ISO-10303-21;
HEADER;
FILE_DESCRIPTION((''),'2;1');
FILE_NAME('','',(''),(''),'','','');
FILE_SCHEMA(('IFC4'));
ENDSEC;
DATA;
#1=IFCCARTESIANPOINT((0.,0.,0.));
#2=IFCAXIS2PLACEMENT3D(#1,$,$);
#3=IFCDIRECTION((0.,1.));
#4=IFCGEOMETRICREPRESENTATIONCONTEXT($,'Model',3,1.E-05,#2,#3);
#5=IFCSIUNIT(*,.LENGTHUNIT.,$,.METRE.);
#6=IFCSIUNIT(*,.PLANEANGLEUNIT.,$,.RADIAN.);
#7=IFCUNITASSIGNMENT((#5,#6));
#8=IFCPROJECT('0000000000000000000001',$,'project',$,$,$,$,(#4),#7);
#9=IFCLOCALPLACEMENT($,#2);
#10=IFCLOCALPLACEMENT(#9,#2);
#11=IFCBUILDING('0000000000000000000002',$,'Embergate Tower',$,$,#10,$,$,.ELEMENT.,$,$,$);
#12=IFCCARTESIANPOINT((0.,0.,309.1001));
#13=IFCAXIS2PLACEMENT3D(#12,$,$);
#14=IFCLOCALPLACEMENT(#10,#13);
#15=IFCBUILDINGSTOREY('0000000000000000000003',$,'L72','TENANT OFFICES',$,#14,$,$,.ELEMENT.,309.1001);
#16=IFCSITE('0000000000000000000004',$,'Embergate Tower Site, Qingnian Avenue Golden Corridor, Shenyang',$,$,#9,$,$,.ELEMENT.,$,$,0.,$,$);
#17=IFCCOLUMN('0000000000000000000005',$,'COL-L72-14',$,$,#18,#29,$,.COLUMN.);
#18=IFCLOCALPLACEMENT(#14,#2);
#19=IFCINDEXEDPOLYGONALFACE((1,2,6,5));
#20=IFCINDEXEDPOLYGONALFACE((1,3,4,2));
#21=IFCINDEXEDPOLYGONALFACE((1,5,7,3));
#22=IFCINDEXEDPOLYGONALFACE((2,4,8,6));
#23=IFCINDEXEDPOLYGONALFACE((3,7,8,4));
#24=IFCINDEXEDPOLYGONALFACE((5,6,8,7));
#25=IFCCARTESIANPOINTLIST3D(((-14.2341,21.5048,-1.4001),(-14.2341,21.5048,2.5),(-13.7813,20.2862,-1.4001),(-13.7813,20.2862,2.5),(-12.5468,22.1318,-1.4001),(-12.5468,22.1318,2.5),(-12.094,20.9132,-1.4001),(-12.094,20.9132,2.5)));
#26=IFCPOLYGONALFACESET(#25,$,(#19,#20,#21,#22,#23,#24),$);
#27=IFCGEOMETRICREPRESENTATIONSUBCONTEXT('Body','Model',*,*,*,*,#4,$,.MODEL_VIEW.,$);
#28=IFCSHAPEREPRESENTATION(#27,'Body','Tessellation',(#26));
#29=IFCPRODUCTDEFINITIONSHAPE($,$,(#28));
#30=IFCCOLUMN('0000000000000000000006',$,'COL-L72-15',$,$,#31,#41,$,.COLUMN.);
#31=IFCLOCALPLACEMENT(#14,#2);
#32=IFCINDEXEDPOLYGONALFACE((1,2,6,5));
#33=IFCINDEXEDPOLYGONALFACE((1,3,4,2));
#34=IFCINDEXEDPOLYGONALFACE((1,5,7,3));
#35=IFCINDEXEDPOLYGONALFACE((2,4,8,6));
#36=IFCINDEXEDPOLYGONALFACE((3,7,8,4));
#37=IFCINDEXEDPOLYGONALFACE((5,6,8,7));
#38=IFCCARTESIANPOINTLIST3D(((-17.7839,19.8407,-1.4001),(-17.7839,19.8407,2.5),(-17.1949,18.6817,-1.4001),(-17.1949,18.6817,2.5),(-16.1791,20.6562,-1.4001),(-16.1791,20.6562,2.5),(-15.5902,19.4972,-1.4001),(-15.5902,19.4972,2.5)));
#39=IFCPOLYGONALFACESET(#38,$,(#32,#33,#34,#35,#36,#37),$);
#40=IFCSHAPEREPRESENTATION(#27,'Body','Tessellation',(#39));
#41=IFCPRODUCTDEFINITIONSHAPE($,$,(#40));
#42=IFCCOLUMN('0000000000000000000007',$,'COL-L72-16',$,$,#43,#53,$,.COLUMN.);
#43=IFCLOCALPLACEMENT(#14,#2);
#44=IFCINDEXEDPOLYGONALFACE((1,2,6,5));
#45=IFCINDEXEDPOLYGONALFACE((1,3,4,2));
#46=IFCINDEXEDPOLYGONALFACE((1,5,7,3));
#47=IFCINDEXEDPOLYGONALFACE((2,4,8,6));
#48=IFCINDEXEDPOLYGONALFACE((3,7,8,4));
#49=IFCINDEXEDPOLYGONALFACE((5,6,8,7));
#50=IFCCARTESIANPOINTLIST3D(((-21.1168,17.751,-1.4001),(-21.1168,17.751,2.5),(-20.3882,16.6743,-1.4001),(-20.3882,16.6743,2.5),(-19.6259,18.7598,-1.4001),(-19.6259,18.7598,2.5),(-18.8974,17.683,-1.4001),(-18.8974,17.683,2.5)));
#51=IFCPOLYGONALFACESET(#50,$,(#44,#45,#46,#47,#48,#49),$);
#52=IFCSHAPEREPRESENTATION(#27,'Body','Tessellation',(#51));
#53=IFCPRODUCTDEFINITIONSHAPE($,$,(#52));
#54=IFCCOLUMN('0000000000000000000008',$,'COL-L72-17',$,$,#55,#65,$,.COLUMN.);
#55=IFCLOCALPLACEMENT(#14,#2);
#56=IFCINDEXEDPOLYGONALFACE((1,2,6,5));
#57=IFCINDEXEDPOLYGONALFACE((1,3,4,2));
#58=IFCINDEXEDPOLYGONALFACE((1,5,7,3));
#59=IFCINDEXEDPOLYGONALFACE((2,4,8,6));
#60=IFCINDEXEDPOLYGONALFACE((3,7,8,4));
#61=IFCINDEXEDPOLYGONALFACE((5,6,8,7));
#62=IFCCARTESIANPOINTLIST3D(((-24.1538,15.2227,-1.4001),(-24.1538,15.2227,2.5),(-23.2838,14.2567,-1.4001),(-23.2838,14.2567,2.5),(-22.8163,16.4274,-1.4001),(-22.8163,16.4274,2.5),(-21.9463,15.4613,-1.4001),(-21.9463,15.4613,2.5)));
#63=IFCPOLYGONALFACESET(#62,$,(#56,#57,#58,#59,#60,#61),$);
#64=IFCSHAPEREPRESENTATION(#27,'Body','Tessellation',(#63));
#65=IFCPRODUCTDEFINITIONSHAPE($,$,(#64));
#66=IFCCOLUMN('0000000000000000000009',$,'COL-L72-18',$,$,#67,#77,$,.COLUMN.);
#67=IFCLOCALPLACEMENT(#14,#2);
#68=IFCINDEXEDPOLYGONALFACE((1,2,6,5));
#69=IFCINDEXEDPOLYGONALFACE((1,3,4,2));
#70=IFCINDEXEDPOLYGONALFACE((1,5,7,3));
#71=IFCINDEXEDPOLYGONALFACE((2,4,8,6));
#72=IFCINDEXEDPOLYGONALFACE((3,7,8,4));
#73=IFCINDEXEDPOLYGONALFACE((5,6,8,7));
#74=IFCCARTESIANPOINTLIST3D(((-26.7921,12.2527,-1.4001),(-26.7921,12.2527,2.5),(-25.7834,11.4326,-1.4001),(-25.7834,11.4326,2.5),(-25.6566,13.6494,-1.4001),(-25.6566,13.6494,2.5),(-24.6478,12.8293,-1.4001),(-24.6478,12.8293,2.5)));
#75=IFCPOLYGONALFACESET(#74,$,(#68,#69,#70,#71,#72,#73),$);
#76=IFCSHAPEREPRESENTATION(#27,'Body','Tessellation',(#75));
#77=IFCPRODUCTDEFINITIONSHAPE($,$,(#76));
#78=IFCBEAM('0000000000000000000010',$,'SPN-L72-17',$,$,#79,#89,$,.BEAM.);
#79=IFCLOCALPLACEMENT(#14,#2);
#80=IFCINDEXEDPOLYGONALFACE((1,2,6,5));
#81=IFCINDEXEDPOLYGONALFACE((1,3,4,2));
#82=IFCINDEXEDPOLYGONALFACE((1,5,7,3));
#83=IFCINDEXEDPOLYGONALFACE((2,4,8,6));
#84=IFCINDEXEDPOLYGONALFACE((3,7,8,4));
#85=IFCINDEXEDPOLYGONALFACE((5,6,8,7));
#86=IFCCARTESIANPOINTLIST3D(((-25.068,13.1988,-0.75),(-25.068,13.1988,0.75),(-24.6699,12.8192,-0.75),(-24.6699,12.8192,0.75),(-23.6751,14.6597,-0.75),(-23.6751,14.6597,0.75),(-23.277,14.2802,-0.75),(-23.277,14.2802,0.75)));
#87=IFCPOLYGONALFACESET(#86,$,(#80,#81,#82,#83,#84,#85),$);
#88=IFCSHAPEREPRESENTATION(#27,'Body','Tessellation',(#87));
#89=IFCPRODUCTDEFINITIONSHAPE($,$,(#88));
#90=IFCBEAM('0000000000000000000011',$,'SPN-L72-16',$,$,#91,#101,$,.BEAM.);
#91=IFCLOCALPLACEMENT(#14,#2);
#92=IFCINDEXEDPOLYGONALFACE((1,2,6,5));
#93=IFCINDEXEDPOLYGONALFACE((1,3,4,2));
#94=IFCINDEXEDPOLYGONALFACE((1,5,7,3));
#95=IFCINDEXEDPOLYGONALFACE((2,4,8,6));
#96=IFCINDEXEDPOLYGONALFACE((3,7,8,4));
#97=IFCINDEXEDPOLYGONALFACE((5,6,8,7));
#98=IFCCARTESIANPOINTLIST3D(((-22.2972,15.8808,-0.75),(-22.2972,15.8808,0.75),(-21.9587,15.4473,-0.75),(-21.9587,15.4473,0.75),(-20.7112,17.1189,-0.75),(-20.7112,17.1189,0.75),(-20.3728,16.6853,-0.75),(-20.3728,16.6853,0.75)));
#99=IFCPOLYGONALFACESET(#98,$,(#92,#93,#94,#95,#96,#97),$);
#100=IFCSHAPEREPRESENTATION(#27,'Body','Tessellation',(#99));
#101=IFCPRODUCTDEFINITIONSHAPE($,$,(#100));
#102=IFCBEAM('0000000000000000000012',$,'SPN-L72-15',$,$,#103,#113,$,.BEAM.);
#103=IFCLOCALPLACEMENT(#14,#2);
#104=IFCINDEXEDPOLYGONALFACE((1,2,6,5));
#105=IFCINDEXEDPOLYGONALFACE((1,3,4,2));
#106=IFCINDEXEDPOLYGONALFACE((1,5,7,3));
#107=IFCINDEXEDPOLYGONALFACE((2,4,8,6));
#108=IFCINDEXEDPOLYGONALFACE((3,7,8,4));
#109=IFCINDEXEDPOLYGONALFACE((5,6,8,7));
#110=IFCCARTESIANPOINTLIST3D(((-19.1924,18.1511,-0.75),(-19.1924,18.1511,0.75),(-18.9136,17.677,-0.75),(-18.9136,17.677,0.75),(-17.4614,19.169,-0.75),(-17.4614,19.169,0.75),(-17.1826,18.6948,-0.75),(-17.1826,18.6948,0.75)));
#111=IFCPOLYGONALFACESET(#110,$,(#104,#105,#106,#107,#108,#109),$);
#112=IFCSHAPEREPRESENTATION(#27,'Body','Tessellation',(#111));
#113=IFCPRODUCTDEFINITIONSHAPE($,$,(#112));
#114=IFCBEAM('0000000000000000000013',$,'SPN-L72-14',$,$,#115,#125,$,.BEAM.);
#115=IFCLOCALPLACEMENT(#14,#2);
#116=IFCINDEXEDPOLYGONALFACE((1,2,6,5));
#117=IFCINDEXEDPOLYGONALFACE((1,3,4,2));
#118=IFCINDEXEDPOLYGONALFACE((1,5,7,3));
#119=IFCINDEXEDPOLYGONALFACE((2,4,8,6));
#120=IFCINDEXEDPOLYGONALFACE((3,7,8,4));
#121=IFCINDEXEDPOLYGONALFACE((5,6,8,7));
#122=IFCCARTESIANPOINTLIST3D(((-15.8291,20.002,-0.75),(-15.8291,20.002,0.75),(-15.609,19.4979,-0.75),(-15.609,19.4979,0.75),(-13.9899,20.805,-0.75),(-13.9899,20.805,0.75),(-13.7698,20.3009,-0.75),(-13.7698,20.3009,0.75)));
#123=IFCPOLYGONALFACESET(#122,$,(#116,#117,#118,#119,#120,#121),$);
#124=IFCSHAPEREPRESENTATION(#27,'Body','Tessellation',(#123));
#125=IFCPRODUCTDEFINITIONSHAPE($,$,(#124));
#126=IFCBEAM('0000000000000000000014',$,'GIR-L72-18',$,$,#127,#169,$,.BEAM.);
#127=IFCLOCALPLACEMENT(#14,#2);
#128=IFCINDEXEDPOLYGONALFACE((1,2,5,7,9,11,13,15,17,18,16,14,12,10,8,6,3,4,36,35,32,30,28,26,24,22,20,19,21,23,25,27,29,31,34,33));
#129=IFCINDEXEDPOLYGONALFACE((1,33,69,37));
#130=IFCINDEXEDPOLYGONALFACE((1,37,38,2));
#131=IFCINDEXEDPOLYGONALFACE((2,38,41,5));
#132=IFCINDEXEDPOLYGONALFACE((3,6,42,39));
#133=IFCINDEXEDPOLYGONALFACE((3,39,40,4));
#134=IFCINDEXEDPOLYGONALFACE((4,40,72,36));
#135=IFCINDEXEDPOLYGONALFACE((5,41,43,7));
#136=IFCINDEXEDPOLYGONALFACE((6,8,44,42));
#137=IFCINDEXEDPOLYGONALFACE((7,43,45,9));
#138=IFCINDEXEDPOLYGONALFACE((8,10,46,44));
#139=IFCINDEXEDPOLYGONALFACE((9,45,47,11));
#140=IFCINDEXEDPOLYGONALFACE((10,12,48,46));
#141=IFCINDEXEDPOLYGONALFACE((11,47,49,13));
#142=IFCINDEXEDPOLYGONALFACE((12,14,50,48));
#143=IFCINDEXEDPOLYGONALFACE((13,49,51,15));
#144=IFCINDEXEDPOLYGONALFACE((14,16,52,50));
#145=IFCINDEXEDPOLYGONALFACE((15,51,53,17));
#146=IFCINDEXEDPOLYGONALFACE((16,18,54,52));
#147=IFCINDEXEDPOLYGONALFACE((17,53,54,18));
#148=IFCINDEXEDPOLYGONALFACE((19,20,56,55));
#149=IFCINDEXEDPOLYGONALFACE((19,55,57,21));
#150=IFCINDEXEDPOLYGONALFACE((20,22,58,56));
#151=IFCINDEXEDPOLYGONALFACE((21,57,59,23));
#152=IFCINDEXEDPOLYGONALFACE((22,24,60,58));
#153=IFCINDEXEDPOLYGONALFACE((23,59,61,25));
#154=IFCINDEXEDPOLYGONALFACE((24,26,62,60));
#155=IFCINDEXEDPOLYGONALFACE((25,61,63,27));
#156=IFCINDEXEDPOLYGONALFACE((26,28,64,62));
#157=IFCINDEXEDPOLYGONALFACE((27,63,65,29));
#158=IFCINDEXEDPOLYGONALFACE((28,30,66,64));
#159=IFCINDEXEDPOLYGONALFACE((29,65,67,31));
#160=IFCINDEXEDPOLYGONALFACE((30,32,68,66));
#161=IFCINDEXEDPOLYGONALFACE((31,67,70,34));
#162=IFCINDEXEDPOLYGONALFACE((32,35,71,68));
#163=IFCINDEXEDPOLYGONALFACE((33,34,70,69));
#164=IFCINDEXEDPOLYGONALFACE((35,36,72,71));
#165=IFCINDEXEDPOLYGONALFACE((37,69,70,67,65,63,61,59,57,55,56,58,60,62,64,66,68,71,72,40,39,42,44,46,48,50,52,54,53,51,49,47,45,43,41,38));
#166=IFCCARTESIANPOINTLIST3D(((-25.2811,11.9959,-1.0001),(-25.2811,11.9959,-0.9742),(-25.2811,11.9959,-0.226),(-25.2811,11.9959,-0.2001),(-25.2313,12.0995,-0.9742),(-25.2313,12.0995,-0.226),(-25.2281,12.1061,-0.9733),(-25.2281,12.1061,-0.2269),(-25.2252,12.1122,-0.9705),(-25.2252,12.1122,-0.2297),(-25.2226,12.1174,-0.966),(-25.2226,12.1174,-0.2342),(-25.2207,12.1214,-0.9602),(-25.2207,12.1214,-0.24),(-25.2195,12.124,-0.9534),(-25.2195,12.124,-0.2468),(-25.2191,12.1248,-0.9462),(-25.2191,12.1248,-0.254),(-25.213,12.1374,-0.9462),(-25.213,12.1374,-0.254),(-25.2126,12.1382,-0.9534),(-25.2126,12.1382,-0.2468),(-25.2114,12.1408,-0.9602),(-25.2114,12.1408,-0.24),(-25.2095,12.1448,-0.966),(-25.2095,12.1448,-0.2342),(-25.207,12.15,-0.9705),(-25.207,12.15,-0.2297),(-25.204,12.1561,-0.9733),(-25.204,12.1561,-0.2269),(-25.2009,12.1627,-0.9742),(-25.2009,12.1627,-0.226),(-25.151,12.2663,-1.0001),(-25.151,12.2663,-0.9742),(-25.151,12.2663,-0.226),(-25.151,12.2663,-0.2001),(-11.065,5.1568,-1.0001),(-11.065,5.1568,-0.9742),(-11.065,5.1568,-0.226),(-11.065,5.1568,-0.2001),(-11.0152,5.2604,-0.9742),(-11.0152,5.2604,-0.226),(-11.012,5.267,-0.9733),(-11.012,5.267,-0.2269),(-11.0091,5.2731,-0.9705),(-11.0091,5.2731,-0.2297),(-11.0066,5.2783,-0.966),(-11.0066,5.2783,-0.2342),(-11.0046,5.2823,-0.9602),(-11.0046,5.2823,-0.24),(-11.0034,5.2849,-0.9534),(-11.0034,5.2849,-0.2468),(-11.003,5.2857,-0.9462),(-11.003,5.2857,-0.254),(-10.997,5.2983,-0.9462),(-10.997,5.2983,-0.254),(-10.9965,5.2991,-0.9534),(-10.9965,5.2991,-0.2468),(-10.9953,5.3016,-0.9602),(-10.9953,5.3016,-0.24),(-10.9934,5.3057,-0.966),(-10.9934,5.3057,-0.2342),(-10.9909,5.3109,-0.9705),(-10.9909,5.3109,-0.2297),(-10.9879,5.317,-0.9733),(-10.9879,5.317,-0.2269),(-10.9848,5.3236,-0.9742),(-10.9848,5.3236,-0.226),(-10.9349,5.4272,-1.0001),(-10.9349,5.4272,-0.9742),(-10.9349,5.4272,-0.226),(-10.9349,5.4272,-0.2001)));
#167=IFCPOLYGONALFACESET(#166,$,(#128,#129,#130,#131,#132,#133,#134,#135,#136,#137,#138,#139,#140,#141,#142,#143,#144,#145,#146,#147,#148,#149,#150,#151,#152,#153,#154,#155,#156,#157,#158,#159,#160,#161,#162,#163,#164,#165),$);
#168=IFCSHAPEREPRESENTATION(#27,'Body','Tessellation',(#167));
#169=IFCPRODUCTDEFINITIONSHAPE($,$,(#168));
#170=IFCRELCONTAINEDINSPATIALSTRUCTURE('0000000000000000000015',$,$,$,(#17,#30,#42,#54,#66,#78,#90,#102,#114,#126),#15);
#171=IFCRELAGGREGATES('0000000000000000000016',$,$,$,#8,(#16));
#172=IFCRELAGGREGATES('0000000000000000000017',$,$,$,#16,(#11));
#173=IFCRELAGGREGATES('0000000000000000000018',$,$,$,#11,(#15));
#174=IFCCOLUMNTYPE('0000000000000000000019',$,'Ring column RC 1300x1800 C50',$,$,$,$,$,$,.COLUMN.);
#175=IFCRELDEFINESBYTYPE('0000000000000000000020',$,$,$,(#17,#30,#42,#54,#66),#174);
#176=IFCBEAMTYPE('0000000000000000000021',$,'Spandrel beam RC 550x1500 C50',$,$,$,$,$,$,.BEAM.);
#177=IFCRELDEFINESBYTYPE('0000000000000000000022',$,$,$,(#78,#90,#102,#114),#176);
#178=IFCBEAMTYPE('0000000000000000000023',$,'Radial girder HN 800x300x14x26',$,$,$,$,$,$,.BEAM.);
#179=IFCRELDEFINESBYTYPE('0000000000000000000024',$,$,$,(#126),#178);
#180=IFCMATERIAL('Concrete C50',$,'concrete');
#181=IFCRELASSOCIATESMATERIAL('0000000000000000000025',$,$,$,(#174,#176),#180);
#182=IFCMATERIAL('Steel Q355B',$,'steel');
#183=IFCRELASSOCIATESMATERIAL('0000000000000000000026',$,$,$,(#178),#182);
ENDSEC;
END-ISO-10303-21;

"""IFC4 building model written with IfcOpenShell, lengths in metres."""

from ifc_helpers import new_model, si_unit, direction, frame, origin, origin_2d, place, context, subcontext, project, spatial, rectangle, i_section, extrude, source, transform, mapped, material, material_profile, profile_set, type_object, element, save


model = new_model("IFC4")

# Units and contexts
model_context = context("Model", 3, precision=1e-05, world=origin(), true_north=direction((0.0, 1.0)))
body_context = subcontext(model_context, "Body", "Model", "MODEL_VIEW")
ifc_project = project(units=[si_unit("LENGTHUNIT", "METRE"), si_unit("PLANEANGLEUNIT", "RADIAN")], contexts=[model_context])

# Site, building, storey
site_placement = place(None, origin())
site = spatial("IfcSite", under=ifc_project, at=site_placement, Name="Embergate Tower Site, Qingnian Avenue Golden Corridor, Shenyang", CompositionType="ELEMENT", RefElevation=0.0)
building_placement = place(site_placement, origin())
building = spatial("IfcBuilding", under=site, at=building_placement, Name="Embergate Tower", CompositionType="ELEMENT")
storey_placement = place(building_placement, frame((0.0, 0.0, 309.1001)))
storey = spatial("IfcBuildingStorey", under=building, at=storey_placement, Name="L72", Description="TENANT OFFICES", CompositionType="ELEMENT", Elevation=309.1001)

# Columns
ifc_material_1 = material(Name="Concrete C50", Category="concrete")
ifc_material_profile_1 = material_profile(ifc_material_1, rectangle(XDim=1.3, YDim=1.8, at=origin_2d()), Name="RC 1300x1800")
ifc_profile_set_1 = profile_set([ifc_material_profile_1], Name="Concrete C50")
column_type = type_object("IfcColumnType", Name="Ring column RC 1300x1800 C50", PredefinedType="COLUMN", material=ifc_profile_set_1)
shared_shape_1 = source(origin(), body_context, "Body", "SweptSolid", [
    extrude(rectangle(XDim=1.3, YDim=1.8, at=origin_2d()), origin(), (0.0, 0.0, 1.0), 3.9001),
])
for number, where, z_axis, x_axis, name in (
    (1, (-13.1641, 21.209, -1.4001), (0.0, 0.0, 1.0), (-0.348343, 0.937367, 0.0), "COL-L72-14"),
    (2, (-16.687, 19.6689, -1.4001), (0.0, 0.0, 1.0), (-0.453011, 0.891505, 0.0), "COL-L72-15"),
    (3, (-20.0071, 17.717, -1.4001), (0.0, 0.0, 1.0), (-0.560393, 0.828227, 0.0), "COL-L72-16"),
    (4, (-23.05, 15.342, -1.4001), (0.0, 0.0, 1.0), (-0.669221, 0.743063, 0.0), "COL-L72-17"),
    (5, (-25.72, 12.541, -1.4001), (0.0, 0.0, 1.0), (-0.775925, 0.630825, 0.0), "COL-L72-18"),
):
    element("IfcColumn", number, at=place(storey_placement, frame(where, z_axis=z_axis, x_axis=x_axis)), inside=storey, type_object=column_type, Name=name, PredefinedType="COLUMN", context=body_context, shape_type="MappedRepresentation", body=[
        mapped(shared_shape_1, transform((0.0, 0.0, 0.0))),
    ])

# Beams
ifc_material_profile_2 = material_profile(ifc_material_1, rectangle(XDim=0.55, YDim=1.5, at=origin_2d()), Name="RC 550x1500")
ifc_profile_set_2 = profile_set([ifc_material_profile_2], Name="Concrete C50")
beam_type_1 = type_object("IfcBeamType", Name="Spandrel beam RC 550x1500 C50", PredefinedType="BEAM", material=ifc_profile_set_2)
shared_shape_2 = source(origin(), body_context, "Body", "SweptSolid", [
    extrude(rectangle(XDim=0.55, YDim=1.5, at=origin_2d()), origin(), (0.0, 0.0, 1.0), 2.0186),
])
beam_1_placement = place(storey_placement, frame((-23.4761, 14.47, 0.0), z_axis=(-0.690033, -0.723778, 0.0), x_axis=(0.723778, -0.690033, 0.0)))
element("IfcBeam", 6, at=beam_1_placement, inside=storey, type_object=beam_type_1, Name="SPN-L72-17", PredefinedType="BEAM", context=body_context, shape_type="MappedRepresentation", body=[
    mapped(shared_shape_2, transform((0.0, 0.0, 0.0))),
])
shared_shape_3 = source(origin(), body_context, "Body", "SweptSolid", [
    extrude(rectangle(XDim=0.55, YDim=1.5, at=origin_2d()), origin(), (0.0, 0.0, 1.0), 2.012),
])
beam_2_placement = place(storey_placement, frame((-20.542, 16.9021, 0.0), z_axis=(-0.78826, -0.615343, 0.0), x_axis=(0.615343, -0.78826, 0.0)))
element("IfcBeam", 7, at=beam_2_placement, inside=storey, type_object=beam_type_1, Name="SPN-L72-16", PredefinedType="BEAM", context=body_context, shape_type="MappedRepresentation", body=[
    mapped(shared_shape_3, transform((0.0, 0.0, 0.0))),
])
shared_shape_4 = source(origin(), body_context, "Body", "SweptSolid", [
    extrude(rectangle(XDim=0.55, YDim=1.5, at=origin_2d()), origin(), (0.0, 0.0, 1.0), 2.0081),
])
beam_3_placement = place(storey_placement, frame((-17.322, 18.9319, 0.0), z_axis=(-0.862019, -0.506877, 0.0), x_axis=(0.506877, -0.862019, 0.0)))
element("IfcBeam", 8, at=beam_3_placement, inside=storey, type_object=beam_type_1, Name="SPN-L72-15", PredefinedType="BEAM", context=body_context, shape_type="MappedRepresentation", body=[
    mapped(shared_shape_4, transform((0.0, 0.0, 0.0))),
])
shared_shape_5 = source(origin(), body_context, "Body", "SweptSolid", [
    extrude(rectangle(XDim=0.55, YDim=1.5, at=origin_2d()), origin(), (0.0, 0.0, 1.0), 2.0068),
])
beam_4_placement = place(storey_placement, frame((-13.8799, 20.553, 0.0), z_axis=(-0.916456, -0.400136, 0.0), x_axis=(0.400136, -0.916456, 0.0)))
element("IfcBeam", 9, at=beam_4_placement, inside=storey, type_object=beam_type_1, Name="SPN-L72-14", PredefinedType="BEAM", context=body_context, shape_type="MappedRepresentation", body=[
    mapped(shared_shape_5, transform((0.0, 0.0, 0.0))),
])
ifc_material_2 = material(Name="Steel Q355B", Category="steel")
ifc_material_profile_3 = material_profile(ifc_material_2, i_section(OverallWidth=0.3, OverallDepth=0.8, WebThickness=0.0139, FlangeThickness=0.0259, FilletRadius=0.0281, at=origin_2d()), Name="HN 800x300x14x26")
ifc_profile_set_3 = profile_set([ifc_material_profile_3], Name="Steel Q355 grade B")
beam_type_2 = type_object("IfcBeamType", Name="Radial girder HN 800x300x14x26", PredefinedType="BEAM", material=ifc_profile_set_3)
shared_shape_6 = source(origin(), body_context, "Body", "SweptSolid", [
    extrude(i_section(OverallWidth=0.3, OverallDepth=0.8, WebThickness=0.0139, FlangeThickness=0.0259, FilletRadius=0.0281, at=origin_2d()), origin(), (0.0, 0.0, 1.0), 15.7756),
])
beam_5_placement = place(storey_placement, frame((-25.2161, 12.1311, -0.6001), z_axis=(0.901142, -0.433524, 0.0), x_axis=(0.433524, 0.901142, 0.0)))
element("IfcBeam", 10, at=beam_5_placement, inside=storey, type_object=beam_type_2, Name="GIR-L72-18", PredefinedType="BEAM", context=body_context, shape_type="MappedRepresentation", body=[
    mapped(shared_shape_6, transform((0.0, 0.0, 0.0))),
])

save(model, "model.ifc")
